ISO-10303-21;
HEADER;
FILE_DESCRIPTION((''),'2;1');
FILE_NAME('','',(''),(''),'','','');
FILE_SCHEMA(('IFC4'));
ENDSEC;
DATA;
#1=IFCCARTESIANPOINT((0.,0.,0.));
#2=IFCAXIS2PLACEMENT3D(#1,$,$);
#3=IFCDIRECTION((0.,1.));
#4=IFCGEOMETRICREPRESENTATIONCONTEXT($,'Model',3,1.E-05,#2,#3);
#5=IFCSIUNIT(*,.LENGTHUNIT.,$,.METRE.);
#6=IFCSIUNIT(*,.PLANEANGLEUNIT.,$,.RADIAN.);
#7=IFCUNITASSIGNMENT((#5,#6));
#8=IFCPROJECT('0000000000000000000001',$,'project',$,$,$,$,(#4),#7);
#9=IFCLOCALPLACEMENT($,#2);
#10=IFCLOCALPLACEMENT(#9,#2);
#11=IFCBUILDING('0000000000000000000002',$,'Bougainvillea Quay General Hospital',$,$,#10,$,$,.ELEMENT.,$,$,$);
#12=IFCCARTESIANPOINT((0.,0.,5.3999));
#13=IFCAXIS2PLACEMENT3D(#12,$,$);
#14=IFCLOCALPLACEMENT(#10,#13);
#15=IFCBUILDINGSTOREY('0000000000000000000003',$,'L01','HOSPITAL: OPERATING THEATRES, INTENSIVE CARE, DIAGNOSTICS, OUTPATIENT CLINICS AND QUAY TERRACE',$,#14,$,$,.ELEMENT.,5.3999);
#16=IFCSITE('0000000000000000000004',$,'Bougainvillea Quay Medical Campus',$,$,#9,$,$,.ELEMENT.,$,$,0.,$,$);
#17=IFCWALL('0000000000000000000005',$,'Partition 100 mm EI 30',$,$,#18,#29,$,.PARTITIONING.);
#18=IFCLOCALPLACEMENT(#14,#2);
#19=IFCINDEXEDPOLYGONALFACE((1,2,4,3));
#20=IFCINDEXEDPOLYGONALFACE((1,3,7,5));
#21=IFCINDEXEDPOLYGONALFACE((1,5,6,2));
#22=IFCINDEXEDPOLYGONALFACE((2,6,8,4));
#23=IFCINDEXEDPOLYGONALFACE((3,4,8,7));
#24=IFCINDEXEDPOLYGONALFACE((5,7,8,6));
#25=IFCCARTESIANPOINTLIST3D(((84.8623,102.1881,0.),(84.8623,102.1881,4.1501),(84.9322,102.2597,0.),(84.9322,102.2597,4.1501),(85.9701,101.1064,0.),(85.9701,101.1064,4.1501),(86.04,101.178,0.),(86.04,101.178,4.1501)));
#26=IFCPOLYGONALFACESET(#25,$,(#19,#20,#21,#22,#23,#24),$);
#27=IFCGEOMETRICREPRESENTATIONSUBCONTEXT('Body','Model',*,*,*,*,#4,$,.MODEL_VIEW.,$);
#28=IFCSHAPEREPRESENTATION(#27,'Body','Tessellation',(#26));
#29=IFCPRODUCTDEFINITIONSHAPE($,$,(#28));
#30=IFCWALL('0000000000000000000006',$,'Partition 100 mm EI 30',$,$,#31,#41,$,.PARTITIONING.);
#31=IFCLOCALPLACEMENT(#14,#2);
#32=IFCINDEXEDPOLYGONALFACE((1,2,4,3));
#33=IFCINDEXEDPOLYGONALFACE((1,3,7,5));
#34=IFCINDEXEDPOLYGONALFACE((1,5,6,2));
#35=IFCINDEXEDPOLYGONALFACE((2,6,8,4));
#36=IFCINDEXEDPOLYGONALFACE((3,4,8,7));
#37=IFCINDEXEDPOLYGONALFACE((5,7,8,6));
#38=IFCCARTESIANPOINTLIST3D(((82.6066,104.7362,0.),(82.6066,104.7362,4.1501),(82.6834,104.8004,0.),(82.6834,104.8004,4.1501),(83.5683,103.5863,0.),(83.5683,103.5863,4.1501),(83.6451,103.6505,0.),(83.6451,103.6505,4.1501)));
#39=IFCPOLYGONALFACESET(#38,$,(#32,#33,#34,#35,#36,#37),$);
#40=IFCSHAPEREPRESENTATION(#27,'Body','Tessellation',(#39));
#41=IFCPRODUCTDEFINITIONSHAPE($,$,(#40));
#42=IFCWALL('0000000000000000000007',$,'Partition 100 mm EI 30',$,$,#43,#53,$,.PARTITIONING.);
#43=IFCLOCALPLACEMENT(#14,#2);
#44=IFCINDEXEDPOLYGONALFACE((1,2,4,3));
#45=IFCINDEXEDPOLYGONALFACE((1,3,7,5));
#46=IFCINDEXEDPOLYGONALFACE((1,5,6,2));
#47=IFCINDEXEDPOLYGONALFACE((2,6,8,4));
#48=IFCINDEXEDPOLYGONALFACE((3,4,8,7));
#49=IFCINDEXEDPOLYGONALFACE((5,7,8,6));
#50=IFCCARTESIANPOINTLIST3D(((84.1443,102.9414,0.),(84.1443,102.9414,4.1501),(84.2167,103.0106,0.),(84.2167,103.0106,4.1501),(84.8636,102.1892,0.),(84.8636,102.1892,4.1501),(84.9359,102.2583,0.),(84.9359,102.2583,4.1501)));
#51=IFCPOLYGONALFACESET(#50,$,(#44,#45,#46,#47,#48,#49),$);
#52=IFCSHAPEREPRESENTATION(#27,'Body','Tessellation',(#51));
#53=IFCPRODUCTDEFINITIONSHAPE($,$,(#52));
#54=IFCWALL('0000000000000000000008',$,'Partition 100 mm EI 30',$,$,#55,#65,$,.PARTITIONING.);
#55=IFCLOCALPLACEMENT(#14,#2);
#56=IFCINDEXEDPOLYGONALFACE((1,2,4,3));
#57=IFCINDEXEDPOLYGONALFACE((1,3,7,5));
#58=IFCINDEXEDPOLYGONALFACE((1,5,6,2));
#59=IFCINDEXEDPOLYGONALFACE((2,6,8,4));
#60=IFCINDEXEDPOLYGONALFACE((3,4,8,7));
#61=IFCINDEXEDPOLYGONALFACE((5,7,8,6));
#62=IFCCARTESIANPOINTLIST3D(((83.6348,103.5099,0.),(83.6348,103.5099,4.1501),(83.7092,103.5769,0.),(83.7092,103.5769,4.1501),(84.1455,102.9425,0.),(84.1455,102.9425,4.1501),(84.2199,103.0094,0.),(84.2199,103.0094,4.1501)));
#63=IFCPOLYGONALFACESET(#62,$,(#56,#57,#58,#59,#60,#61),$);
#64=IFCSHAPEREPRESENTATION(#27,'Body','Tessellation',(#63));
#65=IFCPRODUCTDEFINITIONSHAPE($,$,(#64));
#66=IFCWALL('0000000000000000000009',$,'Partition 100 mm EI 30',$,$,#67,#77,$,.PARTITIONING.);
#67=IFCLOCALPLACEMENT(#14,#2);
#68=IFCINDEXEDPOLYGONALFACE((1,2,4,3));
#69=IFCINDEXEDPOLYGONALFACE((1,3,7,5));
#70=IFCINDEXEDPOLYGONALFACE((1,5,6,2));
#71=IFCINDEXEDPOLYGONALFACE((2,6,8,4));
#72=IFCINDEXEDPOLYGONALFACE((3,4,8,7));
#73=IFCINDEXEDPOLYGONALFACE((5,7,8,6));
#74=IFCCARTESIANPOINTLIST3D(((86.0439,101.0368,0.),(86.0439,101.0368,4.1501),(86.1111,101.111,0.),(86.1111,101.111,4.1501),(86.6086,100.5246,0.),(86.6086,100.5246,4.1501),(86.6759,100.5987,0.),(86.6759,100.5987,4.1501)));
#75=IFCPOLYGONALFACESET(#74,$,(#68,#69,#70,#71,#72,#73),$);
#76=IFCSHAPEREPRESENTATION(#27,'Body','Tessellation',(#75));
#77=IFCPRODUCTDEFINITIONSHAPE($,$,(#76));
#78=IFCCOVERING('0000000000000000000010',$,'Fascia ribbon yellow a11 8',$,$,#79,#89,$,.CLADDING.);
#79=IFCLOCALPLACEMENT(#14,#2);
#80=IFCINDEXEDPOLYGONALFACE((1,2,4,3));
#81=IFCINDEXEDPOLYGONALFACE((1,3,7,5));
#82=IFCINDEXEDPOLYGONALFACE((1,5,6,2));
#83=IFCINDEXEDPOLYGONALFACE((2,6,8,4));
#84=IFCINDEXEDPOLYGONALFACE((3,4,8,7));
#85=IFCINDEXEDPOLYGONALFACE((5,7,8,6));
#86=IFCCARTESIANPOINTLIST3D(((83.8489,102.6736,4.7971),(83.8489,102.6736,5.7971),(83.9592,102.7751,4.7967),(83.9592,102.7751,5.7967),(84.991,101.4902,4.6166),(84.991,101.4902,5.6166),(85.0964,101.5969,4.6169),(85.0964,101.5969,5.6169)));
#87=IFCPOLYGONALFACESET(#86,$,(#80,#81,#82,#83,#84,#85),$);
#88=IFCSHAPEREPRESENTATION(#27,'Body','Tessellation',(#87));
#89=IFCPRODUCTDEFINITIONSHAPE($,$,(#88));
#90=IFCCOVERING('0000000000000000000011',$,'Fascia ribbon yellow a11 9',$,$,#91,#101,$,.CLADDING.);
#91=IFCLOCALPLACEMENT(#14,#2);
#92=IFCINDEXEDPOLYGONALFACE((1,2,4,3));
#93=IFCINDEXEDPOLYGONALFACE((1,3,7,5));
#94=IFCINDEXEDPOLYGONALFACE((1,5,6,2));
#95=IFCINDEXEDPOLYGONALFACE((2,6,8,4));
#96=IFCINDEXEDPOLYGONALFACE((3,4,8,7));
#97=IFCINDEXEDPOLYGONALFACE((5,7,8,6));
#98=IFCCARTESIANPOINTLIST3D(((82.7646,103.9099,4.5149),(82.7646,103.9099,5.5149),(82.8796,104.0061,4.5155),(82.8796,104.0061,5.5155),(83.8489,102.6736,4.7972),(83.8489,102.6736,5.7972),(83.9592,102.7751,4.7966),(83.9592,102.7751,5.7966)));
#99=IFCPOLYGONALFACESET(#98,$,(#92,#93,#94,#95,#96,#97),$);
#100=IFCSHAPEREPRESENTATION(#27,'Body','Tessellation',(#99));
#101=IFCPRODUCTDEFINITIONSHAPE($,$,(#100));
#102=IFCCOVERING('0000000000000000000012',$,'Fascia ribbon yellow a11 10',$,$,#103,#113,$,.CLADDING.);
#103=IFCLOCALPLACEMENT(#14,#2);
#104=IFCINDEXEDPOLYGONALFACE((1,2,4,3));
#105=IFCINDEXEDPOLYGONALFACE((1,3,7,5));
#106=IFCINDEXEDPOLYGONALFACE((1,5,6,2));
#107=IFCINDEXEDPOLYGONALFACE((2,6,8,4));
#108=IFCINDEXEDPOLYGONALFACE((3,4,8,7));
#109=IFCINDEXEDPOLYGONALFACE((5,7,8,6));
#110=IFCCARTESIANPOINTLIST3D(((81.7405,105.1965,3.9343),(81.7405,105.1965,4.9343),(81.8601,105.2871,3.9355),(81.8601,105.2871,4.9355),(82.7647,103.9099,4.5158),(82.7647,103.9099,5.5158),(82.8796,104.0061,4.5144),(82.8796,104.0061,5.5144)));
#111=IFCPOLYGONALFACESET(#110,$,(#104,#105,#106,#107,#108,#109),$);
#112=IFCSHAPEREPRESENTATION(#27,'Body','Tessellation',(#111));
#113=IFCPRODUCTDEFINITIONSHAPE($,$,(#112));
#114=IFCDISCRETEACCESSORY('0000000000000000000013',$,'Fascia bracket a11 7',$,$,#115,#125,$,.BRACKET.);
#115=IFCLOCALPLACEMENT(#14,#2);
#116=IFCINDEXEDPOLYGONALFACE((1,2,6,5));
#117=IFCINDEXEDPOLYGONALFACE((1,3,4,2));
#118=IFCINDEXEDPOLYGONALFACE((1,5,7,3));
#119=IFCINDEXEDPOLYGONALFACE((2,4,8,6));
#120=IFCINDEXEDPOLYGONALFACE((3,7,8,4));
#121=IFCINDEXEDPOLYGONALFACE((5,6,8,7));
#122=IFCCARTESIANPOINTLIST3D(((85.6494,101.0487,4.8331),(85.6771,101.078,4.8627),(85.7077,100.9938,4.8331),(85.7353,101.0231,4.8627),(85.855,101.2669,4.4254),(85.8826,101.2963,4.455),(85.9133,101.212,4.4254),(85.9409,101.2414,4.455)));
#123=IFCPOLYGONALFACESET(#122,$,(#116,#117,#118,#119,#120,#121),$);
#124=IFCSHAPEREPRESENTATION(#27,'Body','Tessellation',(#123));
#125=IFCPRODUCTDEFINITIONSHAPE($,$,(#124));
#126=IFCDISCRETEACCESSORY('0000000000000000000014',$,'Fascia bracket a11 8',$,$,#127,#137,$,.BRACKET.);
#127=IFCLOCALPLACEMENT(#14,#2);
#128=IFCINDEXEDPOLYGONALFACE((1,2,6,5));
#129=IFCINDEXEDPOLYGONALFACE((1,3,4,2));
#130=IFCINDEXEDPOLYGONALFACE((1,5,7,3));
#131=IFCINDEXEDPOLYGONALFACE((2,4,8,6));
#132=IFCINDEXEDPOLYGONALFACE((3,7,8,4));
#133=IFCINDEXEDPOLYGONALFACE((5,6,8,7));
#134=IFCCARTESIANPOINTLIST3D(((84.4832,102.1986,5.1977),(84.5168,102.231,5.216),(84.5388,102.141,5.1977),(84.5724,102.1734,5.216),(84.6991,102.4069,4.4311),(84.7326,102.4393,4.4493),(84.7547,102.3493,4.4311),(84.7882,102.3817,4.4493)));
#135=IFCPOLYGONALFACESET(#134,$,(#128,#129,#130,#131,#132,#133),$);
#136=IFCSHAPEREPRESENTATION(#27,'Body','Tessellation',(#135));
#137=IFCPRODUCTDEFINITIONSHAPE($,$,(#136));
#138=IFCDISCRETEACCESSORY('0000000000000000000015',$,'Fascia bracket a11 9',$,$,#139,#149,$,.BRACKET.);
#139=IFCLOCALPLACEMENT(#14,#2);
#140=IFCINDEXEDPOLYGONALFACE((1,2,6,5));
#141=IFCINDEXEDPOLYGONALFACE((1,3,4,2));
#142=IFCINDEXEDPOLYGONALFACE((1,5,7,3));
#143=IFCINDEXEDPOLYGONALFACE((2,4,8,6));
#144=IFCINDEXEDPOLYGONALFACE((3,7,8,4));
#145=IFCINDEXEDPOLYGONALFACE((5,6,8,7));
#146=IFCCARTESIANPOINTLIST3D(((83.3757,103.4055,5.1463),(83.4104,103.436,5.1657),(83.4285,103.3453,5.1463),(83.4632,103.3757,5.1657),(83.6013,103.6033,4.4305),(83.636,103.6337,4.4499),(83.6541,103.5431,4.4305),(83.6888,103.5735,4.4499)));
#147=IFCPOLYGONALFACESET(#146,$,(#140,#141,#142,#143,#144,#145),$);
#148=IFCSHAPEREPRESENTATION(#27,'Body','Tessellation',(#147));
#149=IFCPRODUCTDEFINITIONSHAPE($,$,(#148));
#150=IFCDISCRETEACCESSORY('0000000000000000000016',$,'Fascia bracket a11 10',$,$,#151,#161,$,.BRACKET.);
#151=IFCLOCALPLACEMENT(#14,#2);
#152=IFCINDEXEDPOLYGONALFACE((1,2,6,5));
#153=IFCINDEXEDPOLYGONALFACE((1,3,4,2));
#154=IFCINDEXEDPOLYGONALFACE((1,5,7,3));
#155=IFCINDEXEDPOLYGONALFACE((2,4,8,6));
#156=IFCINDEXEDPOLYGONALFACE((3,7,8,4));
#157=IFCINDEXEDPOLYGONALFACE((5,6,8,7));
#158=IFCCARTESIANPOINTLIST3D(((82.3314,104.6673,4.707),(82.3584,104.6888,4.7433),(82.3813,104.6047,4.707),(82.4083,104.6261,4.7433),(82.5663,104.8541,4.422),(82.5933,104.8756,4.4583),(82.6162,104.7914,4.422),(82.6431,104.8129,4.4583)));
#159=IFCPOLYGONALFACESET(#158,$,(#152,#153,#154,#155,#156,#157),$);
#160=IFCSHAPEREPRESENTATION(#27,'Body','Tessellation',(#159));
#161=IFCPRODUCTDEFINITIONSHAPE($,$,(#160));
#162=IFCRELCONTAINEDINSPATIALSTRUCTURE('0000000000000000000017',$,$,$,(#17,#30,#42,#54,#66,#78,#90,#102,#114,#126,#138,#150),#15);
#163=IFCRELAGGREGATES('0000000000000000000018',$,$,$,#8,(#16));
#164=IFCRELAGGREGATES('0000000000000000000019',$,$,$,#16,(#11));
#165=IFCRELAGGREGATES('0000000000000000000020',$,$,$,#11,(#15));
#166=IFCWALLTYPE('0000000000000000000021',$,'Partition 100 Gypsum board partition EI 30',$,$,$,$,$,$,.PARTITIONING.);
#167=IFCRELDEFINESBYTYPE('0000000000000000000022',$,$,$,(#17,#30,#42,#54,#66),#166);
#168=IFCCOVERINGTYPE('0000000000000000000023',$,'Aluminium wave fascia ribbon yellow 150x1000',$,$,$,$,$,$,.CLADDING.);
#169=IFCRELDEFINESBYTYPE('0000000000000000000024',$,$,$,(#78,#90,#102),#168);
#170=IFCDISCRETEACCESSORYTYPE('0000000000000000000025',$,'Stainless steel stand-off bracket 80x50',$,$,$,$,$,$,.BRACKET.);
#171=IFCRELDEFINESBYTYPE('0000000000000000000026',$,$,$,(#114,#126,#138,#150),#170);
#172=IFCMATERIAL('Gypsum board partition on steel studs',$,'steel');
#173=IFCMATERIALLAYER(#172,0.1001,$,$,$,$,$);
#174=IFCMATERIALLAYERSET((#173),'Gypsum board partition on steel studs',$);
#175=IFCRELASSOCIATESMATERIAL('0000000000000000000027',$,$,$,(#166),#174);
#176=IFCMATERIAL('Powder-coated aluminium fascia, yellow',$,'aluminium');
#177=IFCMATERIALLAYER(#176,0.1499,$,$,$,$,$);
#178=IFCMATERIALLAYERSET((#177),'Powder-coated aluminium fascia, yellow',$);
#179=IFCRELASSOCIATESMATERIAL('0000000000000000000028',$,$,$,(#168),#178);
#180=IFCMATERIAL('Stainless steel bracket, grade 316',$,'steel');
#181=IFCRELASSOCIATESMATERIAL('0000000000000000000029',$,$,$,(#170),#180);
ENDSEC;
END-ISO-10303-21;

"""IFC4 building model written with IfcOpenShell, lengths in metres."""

from ifc_helpers import new_model, si_unit, direction, frame, frame_2d, origin, origin_2d, place, context, subcontext, project, spatial, polyline, rectangle, outline, extrude, material, layer, layer_set, material_profile, profile_set, type_object, element, save


model = new_model("IFC4")

# Units and contexts
model_context = context("Model", 3, precision=1e-05, world=origin(), true_north=direction((0.0, 1.0)))
body_context = subcontext(model_context, "Body", "Model", "MODEL_VIEW")
ifc_project = project(units=[si_unit("LENGTHUNIT", "METRE"), si_unit("PLANEANGLEUNIT", "RADIAN")], contexts=[model_context])

# Site, building, storey
site_placement = place(None, origin())
site = spatial("IfcSite", under=ifc_project, at=site_placement, Name="Bougainvillea Quay Medical Campus", CompositionType="ELEMENT", RefElevation=0.0)
building_placement = place(site_placement, origin())
building = spatial("IfcBuilding", under=site, at=building_placement, Name="Bougainvillea Quay General Hospital", CompositionType="ELEMENT")
storey_placement = place(building_placement, frame((0.0, 0.0, 5.3999)))
storey = spatial("IfcBuildingStorey", under=building, at=storey_placement, Name="L01", Description="HOSPITAL: OPERATING THEATRES, INTENSIVE CARE, DIAGNOSTICS, OUTPATIENT CLINICS AND QUAY TERRACE", CompositionType="ELEMENT", Elevation=5.3999)

# Walls
ifc_material_1 = material(Name="Gypsum board partition on steel studs", Category="steel")
ifc_layer_1 = layer(ifc_material_1, 0.1001)
ifc_layer_set_1 = layer_set([ifc_layer_1], Name="Gypsum board partition on steel studs")
wall_type = type_object("IfcWallType", Name="Partition 100 Gypsum board partition EI 30", PredefinedType="PARTITIONING", material=ifc_layer_set_1)
wall_1_placement = place(storey_placement, frame((84.8972, 102.2239, 0.0), z_axis=(0.0, 0.0, 1.0), x_axis=(0.715492, -0.698621, 0.0)))
element("IfcWall", 1, at=wall_1_placement, inside=storey, type_object=wall_type, Name="Partition 100 mm EI 30", PredefinedType="PARTITIONING", context=body_context, shape_type="SweptSolid", body=[
    extrude(rectangle(XDim=1.5483, YDim=0.1001, at=frame_2d((0.7742, 0.0))), origin(), (0.0, 0.0, 1.0), 4.1501),
])
wall_2_placement = place(storey_placement, frame((82.645, 104.7683, 0.0), z_axis=(0.0, 0.0, 1.0), x_axis=(0.641529, -0.767099, 0.0)))
element("IfcWall", 2, at=wall_2_placement, inside=storey, type_object=wall_type, Name="Partition 100 mm EI 30", PredefinedType="PARTITIONING", context=body_context, shape_type="SweptSolid", body=[
    extrude(rectangle(XDim=1.499, YDim=0.1001, at=frame_2d((0.7495, 0.0))), origin(), (0.0, 0.0, 1.0), 4.1501),
])
wall_3_placement = place(storey_placement, frame((84.1804, 102.9761, 0.0), z_axis=(0.0, 0.0, 1.0), x_axis=(0.691095, -0.722764, 0.0)))
element("IfcWall", 3, at=wall_3_placement, inside=storey, type_object=wall_type, Name="Partition 100 mm EI 30", PredefinedType="PARTITIONING", context=body_context, shape_type="SweptSolid", body=[
    extrude(rectangle(XDim=1.0408, YDim=0.1001, at=frame_2d((0.5205, 0.0))), origin(), (0.0, 0.0, 1.0), 4.1501),
])
wall_4_placement = place(storey_placement, frame((83.6719, 103.5435, 0.0), z_axis=(0.0, 0.0, 1.0), x_axis=(0.669035, -0.743231, 0.0)))
element("IfcWall", 4, at=wall_4_placement, inside=storey, type_object=wall_type, Name="Partition 100 mm EI 30", PredefinedType="PARTITIONING", context=body_context, shape_type="SweptSolid", body=[
    extrude(rectangle(XDim=0.7634, YDim=0.1001, at=frame_2d((0.3818, 0.0))), origin(), (0.0, 0.0, 1.0), 4.1501),
])
wall_5_placement = place(storey_placement, frame((86.0774, 101.074, 0.0), z_axis=(0.0, 0.0, 1.0), x_axis=(0.740693, -0.671844, 0.0)))
element("IfcWall", 5, at=wall_5_placement, inside=storey, type_object=wall_type, Name="Partition 100 mm EI 30", PredefinedType="PARTITIONING", context=body_context, shape_type="SweptSolid", body=[
    extrude(rectangle(XDim=0.7625, YDim=0.1001, at=frame_2d((0.3813, 0.0))), origin(), (0.0, 0.0, 1.0), 4.1501),
])

# Coverings
ifc_material_2 = material(Name="Powder-coated aluminium fascia, yellow", Category="aluminium")
ifc_layer_2 = layer(ifc_material_2, 0.1499)
ifc_layer_set_2 = layer_set([ifc_layer_2], Name="Powder-coated aluminium fascia, yellow")
covering_type = type_object("IfcCoveringType", Name="Aluminium wave fascia ribbon yellow 150x1000", PredefinedType="CLADDING", material=ifc_layer_set_2)
covering_1_placement = place(storey_placement, frame((85.0964, 101.5969, 4.6169), z_axis=(0.075782, -0.078536, 0.994027), x_axis=(-0.690324, 0.715222, 0.109137)))
element("IfcCovering", 6, at=covering_1_placement, inside=storey, type_object=covering_type, Name="Fascia ribbon yellow a11 8", PredefinedType="CLADDING", context=body_context, shape_type="SweptSolid", body=[
    extrude(outline(polyline([(0.0, 0.0), (1.6473, 0.0), (1.6509, 0.1499), (-0.0036, 0.15), (0.0, 0.0)])), origin(), (0.109137, -0.000014, 0.994027), 1.0),
])
covering_2_placement = place(storey_placement, frame((83.9592, 102.7751, 4.7966), z_axis=(-0.111621, 0.127193, 0.985577), x_axis=(-0.64986, 0.740976, -0.169226)))
element("IfcCovering", 7, at=covering_2_placement, inside=storey, type_object=covering_type, Name="Fascia ribbon yellow a11 9", PredefinedType="CLADDING", context=body_context, shape_type="SweptSolid", body=[
    extrude(outline(polyline([(0.0, 0.0), (1.6613, 0.0), (1.6648, 0.1499), (-0.0036, 0.1499), (0.0, 0.0)])), origin(), (-0.169226, -0.000051, 0.985577), 1.0),
])
covering_3_placement = place(storey_placement, frame((82.8796, 104.0061, 4.5144), z_axis=(-0.207026, 0.2613, 0.942795), x_axis=(-0.587106, 0.737678, -0.333372)))
element("IfcCovering", 8, at=covering_3_placement, inside=storey, type_object=covering_type, Name="Fascia ribbon yellow a11 10", PredefinedType="CLADDING", context=body_context, shape_type="SweptSolid", body=[
    extrude(outline(polyline([(0.0, 0.0), (1.7365, 0.0), (1.7403, 0.15), (-0.0039, 0.1499), (0.0, 0.0)])), origin(), (-0.333372, 0.000692, 0.942795), 1.0),
])

# Discrete accessories
ifc_material_3 = material(Name="Stainless steel bracket, grade 316", Category="steel")
ifc_material_profile_1 = material_profile(ifc_material_3, rectangle(XDim=0.0801, YDim=0.05, at=origin_2d()))
ifc_profile_set_1 = profile_set([ifc_material_profile_1], Name="Stainless steel bracket, grade 316")
discrete_accessory_type = type_object("IfcDiscreteAccessoryType", Name="Stainless steel stand-off bracket 80x50", PredefinedType="BRACKET", material=ifc_profile_set_1)
discrete_accessory_1_placement = place(storey_placement, frame((85.8979, 101.2542, 4.4402), z_axis=(-0.406185, -0.431271, 0.805617), x_axis=(0.727961, -0.685619, 0.0)))
element("IfcDiscreteAccessory", 9, at=discrete_accessory_1_placement, inside=storey, type_object=discrete_accessory_type, Name="Fascia bracket a11 7", PredefinedType="BRACKET", context=body_context, shape_type="SweptSolid", body=[
    extrude(rectangle(XDim=0.0801, YDim=0.05, at=origin_2d()), origin(), (0.0, 0.0, 1.0), 0.5061),
])
discrete_accessory_2_placement = place(storey_placement, frame((84.7437, 102.3943, 4.4402), z_axis=(-0.262179, -0.252985, 0.931269), x_axis=(0.694377, -0.719612, 0.0)))
element("IfcDiscreteAccessory", 10, at=discrete_accessory_2_placement, inside=storey, type_object=discrete_accessory_type, Name="Fascia bracket a11 8", PredefinedType="BRACKET", context=body_context, shape_type="SweptSolid", body=[
    extrude(rectangle(XDim=0.0801, YDim=0.05, at=origin_2d()), origin(), (0.0, 0.0, 1.0), 0.8232),
])
discrete_accessory_3_placement = place(storey_placement, frame((83.645, 103.5884, 4.4402), z_axis=(-0.290651, -0.254791, 0.922282), x_axis=(0.659196, -0.751971, 0.0)))
element("IfcDiscreteAccessory", 11, at=discrete_accessory_3_placement, inside=storey, type_object=discrete_accessory_type, Name="Fascia bracket a11 9", PredefinedType="BRACKET", context=body_context, shape_type="SweptSolid", body=[
    extrude(rectangle(XDim=0.0801, YDim=0.05, at=origin_2d()), origin(), (0.0, 0.0, 1.0), 0.7761),
])
discrete_accessory_4_placement = place(storey_placement, frame((82.6047, 104.8335, 4.4402), z_axis=(-0.567598, -0.451364, 0.688552), x_axis=(0.62241, -0.782691, 0.0)))
element("IfcDiscreteAccessory", 12, at=discrete_accessory_4_placement, inside=storey, type_object=discrete_accessory_type, Name="Fascia bracket a11 10", PredefinedType="BRACKET", context=body_context, shape_type="SweptSolid", body=[
    extrude(rectangle(XDim=0.0801, YDim=0.05, at=origin_2d()), origin(), (0.0, 0.0, 1.0), 0.4138),
])

save(model, "model.ifc")
